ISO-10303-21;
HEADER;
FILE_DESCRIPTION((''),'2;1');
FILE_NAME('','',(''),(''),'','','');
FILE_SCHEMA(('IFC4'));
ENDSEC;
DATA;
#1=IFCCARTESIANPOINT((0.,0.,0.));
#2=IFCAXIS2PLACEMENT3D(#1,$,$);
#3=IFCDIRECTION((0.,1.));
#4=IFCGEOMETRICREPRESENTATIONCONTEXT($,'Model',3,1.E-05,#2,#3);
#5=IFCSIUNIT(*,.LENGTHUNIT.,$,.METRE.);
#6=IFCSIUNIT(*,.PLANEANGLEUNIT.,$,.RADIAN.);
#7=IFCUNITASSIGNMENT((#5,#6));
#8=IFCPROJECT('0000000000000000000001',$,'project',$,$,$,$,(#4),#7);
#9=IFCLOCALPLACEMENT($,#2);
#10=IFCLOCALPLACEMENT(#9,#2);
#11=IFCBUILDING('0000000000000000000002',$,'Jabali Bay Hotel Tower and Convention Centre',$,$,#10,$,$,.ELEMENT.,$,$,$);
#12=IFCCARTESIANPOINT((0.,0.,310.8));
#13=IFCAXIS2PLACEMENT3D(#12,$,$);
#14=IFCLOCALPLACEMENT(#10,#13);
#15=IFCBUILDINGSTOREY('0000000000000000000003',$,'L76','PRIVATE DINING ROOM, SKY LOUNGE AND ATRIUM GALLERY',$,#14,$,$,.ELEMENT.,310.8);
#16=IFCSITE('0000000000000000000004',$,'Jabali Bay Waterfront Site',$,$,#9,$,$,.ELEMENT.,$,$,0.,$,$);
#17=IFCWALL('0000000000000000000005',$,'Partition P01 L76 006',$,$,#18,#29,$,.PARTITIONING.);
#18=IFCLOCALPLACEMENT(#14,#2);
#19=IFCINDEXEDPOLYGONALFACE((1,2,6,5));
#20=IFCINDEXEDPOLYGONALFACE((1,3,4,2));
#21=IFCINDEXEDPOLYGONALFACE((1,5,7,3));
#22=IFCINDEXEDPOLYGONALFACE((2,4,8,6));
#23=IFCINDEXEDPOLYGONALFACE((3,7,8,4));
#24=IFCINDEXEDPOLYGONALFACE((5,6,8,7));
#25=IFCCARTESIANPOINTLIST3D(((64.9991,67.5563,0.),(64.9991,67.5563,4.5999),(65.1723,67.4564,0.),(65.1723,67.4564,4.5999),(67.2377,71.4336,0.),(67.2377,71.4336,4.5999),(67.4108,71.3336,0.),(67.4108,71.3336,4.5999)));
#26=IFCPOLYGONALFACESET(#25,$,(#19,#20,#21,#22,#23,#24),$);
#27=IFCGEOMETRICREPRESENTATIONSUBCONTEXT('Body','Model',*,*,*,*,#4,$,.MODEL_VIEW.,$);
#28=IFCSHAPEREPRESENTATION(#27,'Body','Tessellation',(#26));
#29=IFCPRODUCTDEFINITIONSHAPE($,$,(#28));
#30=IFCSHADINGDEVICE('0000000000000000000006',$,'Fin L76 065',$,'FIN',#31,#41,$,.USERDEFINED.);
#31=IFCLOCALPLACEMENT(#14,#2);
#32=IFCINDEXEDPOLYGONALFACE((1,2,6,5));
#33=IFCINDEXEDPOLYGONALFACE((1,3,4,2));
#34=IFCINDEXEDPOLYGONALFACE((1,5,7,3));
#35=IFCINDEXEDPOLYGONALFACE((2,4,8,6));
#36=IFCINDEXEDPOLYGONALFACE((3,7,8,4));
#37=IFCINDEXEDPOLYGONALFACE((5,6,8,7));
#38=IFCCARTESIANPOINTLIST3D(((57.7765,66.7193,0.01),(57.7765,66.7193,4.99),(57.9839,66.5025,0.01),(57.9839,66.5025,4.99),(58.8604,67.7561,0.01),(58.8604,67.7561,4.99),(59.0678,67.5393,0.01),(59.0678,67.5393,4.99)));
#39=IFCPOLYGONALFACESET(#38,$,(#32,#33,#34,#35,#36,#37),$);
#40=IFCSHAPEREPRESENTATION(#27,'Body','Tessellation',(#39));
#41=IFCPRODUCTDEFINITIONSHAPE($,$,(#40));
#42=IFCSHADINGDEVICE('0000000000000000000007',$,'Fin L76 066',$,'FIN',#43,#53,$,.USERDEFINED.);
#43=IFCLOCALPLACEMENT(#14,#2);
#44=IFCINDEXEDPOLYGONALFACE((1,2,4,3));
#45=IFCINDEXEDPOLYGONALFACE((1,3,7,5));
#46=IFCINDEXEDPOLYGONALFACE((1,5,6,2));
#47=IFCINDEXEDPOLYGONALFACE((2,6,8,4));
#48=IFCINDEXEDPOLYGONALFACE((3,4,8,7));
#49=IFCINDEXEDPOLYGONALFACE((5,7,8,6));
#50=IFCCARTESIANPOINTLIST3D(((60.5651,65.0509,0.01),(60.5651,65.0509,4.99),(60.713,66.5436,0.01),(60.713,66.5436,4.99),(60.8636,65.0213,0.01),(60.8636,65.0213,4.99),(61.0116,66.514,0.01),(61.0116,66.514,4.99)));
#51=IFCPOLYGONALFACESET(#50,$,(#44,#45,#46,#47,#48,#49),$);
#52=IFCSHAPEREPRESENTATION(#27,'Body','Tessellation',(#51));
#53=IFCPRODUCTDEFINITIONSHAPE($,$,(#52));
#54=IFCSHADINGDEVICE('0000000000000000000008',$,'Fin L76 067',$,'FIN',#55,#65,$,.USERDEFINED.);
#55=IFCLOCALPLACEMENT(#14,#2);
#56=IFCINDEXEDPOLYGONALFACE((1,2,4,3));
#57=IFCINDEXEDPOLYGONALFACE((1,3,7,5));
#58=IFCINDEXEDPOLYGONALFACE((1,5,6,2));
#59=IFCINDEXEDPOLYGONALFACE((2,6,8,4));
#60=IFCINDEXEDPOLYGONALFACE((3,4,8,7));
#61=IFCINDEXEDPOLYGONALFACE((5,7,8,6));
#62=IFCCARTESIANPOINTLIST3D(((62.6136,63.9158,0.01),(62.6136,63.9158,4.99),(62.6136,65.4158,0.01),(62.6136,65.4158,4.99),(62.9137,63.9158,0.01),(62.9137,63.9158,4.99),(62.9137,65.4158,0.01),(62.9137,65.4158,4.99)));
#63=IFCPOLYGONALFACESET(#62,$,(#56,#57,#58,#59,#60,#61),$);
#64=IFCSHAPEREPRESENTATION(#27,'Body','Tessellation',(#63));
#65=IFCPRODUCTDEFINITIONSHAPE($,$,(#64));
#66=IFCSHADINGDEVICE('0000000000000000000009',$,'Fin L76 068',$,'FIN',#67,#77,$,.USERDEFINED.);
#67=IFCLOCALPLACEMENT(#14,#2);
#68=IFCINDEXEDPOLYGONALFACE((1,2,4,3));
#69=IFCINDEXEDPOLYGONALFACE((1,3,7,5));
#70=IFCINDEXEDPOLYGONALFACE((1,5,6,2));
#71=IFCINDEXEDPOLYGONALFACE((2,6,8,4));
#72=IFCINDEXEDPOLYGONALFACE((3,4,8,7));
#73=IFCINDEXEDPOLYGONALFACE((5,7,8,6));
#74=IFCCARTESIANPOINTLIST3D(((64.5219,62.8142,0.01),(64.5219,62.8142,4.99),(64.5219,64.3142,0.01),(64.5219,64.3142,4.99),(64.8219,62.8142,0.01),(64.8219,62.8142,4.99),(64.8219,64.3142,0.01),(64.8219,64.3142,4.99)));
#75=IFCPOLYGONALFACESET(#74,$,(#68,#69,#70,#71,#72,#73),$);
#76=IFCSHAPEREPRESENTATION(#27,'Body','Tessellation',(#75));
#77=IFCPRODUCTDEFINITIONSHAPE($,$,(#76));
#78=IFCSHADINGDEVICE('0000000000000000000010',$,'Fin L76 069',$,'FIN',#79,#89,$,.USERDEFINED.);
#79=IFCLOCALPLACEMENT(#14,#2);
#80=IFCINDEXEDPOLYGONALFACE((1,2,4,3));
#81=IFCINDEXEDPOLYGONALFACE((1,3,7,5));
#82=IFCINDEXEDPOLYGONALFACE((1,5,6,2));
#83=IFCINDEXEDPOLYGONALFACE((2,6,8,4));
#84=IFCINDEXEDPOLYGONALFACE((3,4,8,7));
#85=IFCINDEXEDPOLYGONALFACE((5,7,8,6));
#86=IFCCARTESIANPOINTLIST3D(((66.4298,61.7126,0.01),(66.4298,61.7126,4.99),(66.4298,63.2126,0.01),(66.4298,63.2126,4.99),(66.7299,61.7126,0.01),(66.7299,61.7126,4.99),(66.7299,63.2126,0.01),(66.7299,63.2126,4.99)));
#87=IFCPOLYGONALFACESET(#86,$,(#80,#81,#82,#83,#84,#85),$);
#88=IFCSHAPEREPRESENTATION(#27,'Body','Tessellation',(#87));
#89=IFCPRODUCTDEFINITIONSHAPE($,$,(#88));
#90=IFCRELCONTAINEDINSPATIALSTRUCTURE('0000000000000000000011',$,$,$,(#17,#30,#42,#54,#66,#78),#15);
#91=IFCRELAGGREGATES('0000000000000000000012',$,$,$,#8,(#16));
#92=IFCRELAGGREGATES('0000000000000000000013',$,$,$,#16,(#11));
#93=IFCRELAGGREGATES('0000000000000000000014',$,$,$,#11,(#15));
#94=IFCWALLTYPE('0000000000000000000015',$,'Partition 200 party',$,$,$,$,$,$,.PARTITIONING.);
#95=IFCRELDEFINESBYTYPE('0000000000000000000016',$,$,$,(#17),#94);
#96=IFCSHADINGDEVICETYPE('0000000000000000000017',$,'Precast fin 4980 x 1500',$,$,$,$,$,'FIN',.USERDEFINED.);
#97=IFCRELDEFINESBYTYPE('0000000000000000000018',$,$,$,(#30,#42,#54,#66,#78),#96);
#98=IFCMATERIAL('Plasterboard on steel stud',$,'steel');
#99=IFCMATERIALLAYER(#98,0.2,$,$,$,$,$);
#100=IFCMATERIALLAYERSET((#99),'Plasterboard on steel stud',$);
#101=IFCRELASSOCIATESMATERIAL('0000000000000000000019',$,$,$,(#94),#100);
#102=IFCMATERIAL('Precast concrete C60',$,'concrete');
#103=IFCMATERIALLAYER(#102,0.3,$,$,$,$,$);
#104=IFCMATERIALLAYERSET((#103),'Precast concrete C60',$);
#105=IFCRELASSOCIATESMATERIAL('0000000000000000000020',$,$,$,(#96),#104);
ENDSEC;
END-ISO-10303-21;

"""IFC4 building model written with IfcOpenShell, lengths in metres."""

from ifc_helpers import new_model, si_unit, direction, frame, frame_2d, origin, place, context, subcontext, project, spatial, rectangle, extrude, material, layer, layer_set, type_object, element, save


model = new_model("IFC4")

# Units and contexts
model_context = context("Model", 3, precision=1e-05, world=origin(), true_north=direction((0.0, 1.0)))
body_context = subcontext(model_context, "Body", "Model", "MODEL_VIEW")
ifc_project = project(units=[si_unit("LENGTHUNIT", "METRE"), si_unit("PLANEANGLEUNIT", "RADIAN")], contexts=[model_context])

# Site, building, storey
site_placement = place(None, origin())
site = spatial("IfcSite", under=ifc_project, at=site_placement, Name="Jabali Bay Waterfront Site", CompositionType="ELEMENT", RefElevation=0.0)
building_placement = place(site_placement, origin())
building = spatial("IfcBuilding", under=site, at=building_placement, Name="Jabali Bay Hotel Tower and Convention Centre", CompositionType="ELEMENT")
storey_placement = place(building_placement, frame((0.0, 0.0, 310.8)))
storey = spatial("IfcBuildingStorey", under=building, at=storey_placement, Name="L76", Description="PRIVATE DINING ROOM, SKY LOUNGE AND ATRIUM GALLERY", CompositionType="ELEMENT", Elevation=310.8)

# Wall
ifc_material_1 = material(Name="Plasterboard on steel stud", Category="steel")
ifc_layer_1 = layer(ifc_material_1, 0.2)
ifc_layer_set_1 = layer_set([ifc_layer_1], Name="Plasterboard on steel stud")
wall_type = type_object("IfcWallType", Name="Partition 200 party", PredefinedType="PARTITIONING", material=ifc_layer_set_1)
wall_placement = place(storey_placement, frame((65.0857, 67.5063, 0.0), z_axis=(0.0, 0.0, 1.0), x_axis=(0.500004, 0.866023, 0.0)))
element("IfcWall", 1, at=wall_placement, inside=storey, type_object=wall_type, Name="Partition P01 L76 006", PredefinedType="PARTITIONING", context=body_context, shape_type="SweptSolid", body=[
    extrude(rectangle(XDim=4.4771, YDim=0.2, at=frame_2d((2.2385, 0.0))), origin(), (0.0, 0.0, 1.0), 4.5999),
])

# Shading devices
ifc_material_2 = material(Name="Precast concrete C60", Category="concrete")
ifc_layer_2 = layer(ifc_material_2, 0.3)
ifc_layer_set_2 = layer_set([ifc_layer_2], Name="Precast concrete C60")
shading_device_type = type_object("IfcShadingDeviceType", Name="Precast fin 4980 x 1500", ElementType="FIN", PredefinedType="USERDEFINED", material=ifc_layer_set_2)
for number, where, z_axis, x_axis, name in (
    (2, (58.9641, 67.6477, 0.01), (0.0, 0.0, 1.0), (-0.722638, -0.691226, 0.0), "Fin L76 065"),
    (3, (60.8623, 66.5288, 0.01), (0.0, 0.0, 1.0), (-0.098633, -0.995124, 0.0), "Fin L76 066"),
    (4, (62.7637, 65.4158, 0.01), (0.0, 0.0, 1.0), (0.0, -1.0, 0.0), "Fin L76 067"),
    (5, (64.6719, 64.3142, 0.01), (0.0, 0.0, 1.0), (0.0, -1.0, 0.0), "Fin L76 068"),
    (6, (66.5798, 63.2126, 0.01), (0.0, 0.0, 1.0), (0.0, -1.0, 0.0), "Fin L76 069"),
):
    element("IfcShadingDevice", number, at=place(storey_placement, frame(where, z_axis=z_axis, x_axis=x_axis)), inside=storey, type_object=shading_device_type, Name=name, ObjectType="FIN", PredefinedType="USERDEFINED", context=body_context, shape_type="SweptSolid", body=[
        extrude(rectangle(XDim=1.5, YDim=0.3, at=frame_2d((0.75, 0.0))), origin(), (0.0, 0.0, 1.0), 4.98),
    ])

save(model, "model.ifc")
